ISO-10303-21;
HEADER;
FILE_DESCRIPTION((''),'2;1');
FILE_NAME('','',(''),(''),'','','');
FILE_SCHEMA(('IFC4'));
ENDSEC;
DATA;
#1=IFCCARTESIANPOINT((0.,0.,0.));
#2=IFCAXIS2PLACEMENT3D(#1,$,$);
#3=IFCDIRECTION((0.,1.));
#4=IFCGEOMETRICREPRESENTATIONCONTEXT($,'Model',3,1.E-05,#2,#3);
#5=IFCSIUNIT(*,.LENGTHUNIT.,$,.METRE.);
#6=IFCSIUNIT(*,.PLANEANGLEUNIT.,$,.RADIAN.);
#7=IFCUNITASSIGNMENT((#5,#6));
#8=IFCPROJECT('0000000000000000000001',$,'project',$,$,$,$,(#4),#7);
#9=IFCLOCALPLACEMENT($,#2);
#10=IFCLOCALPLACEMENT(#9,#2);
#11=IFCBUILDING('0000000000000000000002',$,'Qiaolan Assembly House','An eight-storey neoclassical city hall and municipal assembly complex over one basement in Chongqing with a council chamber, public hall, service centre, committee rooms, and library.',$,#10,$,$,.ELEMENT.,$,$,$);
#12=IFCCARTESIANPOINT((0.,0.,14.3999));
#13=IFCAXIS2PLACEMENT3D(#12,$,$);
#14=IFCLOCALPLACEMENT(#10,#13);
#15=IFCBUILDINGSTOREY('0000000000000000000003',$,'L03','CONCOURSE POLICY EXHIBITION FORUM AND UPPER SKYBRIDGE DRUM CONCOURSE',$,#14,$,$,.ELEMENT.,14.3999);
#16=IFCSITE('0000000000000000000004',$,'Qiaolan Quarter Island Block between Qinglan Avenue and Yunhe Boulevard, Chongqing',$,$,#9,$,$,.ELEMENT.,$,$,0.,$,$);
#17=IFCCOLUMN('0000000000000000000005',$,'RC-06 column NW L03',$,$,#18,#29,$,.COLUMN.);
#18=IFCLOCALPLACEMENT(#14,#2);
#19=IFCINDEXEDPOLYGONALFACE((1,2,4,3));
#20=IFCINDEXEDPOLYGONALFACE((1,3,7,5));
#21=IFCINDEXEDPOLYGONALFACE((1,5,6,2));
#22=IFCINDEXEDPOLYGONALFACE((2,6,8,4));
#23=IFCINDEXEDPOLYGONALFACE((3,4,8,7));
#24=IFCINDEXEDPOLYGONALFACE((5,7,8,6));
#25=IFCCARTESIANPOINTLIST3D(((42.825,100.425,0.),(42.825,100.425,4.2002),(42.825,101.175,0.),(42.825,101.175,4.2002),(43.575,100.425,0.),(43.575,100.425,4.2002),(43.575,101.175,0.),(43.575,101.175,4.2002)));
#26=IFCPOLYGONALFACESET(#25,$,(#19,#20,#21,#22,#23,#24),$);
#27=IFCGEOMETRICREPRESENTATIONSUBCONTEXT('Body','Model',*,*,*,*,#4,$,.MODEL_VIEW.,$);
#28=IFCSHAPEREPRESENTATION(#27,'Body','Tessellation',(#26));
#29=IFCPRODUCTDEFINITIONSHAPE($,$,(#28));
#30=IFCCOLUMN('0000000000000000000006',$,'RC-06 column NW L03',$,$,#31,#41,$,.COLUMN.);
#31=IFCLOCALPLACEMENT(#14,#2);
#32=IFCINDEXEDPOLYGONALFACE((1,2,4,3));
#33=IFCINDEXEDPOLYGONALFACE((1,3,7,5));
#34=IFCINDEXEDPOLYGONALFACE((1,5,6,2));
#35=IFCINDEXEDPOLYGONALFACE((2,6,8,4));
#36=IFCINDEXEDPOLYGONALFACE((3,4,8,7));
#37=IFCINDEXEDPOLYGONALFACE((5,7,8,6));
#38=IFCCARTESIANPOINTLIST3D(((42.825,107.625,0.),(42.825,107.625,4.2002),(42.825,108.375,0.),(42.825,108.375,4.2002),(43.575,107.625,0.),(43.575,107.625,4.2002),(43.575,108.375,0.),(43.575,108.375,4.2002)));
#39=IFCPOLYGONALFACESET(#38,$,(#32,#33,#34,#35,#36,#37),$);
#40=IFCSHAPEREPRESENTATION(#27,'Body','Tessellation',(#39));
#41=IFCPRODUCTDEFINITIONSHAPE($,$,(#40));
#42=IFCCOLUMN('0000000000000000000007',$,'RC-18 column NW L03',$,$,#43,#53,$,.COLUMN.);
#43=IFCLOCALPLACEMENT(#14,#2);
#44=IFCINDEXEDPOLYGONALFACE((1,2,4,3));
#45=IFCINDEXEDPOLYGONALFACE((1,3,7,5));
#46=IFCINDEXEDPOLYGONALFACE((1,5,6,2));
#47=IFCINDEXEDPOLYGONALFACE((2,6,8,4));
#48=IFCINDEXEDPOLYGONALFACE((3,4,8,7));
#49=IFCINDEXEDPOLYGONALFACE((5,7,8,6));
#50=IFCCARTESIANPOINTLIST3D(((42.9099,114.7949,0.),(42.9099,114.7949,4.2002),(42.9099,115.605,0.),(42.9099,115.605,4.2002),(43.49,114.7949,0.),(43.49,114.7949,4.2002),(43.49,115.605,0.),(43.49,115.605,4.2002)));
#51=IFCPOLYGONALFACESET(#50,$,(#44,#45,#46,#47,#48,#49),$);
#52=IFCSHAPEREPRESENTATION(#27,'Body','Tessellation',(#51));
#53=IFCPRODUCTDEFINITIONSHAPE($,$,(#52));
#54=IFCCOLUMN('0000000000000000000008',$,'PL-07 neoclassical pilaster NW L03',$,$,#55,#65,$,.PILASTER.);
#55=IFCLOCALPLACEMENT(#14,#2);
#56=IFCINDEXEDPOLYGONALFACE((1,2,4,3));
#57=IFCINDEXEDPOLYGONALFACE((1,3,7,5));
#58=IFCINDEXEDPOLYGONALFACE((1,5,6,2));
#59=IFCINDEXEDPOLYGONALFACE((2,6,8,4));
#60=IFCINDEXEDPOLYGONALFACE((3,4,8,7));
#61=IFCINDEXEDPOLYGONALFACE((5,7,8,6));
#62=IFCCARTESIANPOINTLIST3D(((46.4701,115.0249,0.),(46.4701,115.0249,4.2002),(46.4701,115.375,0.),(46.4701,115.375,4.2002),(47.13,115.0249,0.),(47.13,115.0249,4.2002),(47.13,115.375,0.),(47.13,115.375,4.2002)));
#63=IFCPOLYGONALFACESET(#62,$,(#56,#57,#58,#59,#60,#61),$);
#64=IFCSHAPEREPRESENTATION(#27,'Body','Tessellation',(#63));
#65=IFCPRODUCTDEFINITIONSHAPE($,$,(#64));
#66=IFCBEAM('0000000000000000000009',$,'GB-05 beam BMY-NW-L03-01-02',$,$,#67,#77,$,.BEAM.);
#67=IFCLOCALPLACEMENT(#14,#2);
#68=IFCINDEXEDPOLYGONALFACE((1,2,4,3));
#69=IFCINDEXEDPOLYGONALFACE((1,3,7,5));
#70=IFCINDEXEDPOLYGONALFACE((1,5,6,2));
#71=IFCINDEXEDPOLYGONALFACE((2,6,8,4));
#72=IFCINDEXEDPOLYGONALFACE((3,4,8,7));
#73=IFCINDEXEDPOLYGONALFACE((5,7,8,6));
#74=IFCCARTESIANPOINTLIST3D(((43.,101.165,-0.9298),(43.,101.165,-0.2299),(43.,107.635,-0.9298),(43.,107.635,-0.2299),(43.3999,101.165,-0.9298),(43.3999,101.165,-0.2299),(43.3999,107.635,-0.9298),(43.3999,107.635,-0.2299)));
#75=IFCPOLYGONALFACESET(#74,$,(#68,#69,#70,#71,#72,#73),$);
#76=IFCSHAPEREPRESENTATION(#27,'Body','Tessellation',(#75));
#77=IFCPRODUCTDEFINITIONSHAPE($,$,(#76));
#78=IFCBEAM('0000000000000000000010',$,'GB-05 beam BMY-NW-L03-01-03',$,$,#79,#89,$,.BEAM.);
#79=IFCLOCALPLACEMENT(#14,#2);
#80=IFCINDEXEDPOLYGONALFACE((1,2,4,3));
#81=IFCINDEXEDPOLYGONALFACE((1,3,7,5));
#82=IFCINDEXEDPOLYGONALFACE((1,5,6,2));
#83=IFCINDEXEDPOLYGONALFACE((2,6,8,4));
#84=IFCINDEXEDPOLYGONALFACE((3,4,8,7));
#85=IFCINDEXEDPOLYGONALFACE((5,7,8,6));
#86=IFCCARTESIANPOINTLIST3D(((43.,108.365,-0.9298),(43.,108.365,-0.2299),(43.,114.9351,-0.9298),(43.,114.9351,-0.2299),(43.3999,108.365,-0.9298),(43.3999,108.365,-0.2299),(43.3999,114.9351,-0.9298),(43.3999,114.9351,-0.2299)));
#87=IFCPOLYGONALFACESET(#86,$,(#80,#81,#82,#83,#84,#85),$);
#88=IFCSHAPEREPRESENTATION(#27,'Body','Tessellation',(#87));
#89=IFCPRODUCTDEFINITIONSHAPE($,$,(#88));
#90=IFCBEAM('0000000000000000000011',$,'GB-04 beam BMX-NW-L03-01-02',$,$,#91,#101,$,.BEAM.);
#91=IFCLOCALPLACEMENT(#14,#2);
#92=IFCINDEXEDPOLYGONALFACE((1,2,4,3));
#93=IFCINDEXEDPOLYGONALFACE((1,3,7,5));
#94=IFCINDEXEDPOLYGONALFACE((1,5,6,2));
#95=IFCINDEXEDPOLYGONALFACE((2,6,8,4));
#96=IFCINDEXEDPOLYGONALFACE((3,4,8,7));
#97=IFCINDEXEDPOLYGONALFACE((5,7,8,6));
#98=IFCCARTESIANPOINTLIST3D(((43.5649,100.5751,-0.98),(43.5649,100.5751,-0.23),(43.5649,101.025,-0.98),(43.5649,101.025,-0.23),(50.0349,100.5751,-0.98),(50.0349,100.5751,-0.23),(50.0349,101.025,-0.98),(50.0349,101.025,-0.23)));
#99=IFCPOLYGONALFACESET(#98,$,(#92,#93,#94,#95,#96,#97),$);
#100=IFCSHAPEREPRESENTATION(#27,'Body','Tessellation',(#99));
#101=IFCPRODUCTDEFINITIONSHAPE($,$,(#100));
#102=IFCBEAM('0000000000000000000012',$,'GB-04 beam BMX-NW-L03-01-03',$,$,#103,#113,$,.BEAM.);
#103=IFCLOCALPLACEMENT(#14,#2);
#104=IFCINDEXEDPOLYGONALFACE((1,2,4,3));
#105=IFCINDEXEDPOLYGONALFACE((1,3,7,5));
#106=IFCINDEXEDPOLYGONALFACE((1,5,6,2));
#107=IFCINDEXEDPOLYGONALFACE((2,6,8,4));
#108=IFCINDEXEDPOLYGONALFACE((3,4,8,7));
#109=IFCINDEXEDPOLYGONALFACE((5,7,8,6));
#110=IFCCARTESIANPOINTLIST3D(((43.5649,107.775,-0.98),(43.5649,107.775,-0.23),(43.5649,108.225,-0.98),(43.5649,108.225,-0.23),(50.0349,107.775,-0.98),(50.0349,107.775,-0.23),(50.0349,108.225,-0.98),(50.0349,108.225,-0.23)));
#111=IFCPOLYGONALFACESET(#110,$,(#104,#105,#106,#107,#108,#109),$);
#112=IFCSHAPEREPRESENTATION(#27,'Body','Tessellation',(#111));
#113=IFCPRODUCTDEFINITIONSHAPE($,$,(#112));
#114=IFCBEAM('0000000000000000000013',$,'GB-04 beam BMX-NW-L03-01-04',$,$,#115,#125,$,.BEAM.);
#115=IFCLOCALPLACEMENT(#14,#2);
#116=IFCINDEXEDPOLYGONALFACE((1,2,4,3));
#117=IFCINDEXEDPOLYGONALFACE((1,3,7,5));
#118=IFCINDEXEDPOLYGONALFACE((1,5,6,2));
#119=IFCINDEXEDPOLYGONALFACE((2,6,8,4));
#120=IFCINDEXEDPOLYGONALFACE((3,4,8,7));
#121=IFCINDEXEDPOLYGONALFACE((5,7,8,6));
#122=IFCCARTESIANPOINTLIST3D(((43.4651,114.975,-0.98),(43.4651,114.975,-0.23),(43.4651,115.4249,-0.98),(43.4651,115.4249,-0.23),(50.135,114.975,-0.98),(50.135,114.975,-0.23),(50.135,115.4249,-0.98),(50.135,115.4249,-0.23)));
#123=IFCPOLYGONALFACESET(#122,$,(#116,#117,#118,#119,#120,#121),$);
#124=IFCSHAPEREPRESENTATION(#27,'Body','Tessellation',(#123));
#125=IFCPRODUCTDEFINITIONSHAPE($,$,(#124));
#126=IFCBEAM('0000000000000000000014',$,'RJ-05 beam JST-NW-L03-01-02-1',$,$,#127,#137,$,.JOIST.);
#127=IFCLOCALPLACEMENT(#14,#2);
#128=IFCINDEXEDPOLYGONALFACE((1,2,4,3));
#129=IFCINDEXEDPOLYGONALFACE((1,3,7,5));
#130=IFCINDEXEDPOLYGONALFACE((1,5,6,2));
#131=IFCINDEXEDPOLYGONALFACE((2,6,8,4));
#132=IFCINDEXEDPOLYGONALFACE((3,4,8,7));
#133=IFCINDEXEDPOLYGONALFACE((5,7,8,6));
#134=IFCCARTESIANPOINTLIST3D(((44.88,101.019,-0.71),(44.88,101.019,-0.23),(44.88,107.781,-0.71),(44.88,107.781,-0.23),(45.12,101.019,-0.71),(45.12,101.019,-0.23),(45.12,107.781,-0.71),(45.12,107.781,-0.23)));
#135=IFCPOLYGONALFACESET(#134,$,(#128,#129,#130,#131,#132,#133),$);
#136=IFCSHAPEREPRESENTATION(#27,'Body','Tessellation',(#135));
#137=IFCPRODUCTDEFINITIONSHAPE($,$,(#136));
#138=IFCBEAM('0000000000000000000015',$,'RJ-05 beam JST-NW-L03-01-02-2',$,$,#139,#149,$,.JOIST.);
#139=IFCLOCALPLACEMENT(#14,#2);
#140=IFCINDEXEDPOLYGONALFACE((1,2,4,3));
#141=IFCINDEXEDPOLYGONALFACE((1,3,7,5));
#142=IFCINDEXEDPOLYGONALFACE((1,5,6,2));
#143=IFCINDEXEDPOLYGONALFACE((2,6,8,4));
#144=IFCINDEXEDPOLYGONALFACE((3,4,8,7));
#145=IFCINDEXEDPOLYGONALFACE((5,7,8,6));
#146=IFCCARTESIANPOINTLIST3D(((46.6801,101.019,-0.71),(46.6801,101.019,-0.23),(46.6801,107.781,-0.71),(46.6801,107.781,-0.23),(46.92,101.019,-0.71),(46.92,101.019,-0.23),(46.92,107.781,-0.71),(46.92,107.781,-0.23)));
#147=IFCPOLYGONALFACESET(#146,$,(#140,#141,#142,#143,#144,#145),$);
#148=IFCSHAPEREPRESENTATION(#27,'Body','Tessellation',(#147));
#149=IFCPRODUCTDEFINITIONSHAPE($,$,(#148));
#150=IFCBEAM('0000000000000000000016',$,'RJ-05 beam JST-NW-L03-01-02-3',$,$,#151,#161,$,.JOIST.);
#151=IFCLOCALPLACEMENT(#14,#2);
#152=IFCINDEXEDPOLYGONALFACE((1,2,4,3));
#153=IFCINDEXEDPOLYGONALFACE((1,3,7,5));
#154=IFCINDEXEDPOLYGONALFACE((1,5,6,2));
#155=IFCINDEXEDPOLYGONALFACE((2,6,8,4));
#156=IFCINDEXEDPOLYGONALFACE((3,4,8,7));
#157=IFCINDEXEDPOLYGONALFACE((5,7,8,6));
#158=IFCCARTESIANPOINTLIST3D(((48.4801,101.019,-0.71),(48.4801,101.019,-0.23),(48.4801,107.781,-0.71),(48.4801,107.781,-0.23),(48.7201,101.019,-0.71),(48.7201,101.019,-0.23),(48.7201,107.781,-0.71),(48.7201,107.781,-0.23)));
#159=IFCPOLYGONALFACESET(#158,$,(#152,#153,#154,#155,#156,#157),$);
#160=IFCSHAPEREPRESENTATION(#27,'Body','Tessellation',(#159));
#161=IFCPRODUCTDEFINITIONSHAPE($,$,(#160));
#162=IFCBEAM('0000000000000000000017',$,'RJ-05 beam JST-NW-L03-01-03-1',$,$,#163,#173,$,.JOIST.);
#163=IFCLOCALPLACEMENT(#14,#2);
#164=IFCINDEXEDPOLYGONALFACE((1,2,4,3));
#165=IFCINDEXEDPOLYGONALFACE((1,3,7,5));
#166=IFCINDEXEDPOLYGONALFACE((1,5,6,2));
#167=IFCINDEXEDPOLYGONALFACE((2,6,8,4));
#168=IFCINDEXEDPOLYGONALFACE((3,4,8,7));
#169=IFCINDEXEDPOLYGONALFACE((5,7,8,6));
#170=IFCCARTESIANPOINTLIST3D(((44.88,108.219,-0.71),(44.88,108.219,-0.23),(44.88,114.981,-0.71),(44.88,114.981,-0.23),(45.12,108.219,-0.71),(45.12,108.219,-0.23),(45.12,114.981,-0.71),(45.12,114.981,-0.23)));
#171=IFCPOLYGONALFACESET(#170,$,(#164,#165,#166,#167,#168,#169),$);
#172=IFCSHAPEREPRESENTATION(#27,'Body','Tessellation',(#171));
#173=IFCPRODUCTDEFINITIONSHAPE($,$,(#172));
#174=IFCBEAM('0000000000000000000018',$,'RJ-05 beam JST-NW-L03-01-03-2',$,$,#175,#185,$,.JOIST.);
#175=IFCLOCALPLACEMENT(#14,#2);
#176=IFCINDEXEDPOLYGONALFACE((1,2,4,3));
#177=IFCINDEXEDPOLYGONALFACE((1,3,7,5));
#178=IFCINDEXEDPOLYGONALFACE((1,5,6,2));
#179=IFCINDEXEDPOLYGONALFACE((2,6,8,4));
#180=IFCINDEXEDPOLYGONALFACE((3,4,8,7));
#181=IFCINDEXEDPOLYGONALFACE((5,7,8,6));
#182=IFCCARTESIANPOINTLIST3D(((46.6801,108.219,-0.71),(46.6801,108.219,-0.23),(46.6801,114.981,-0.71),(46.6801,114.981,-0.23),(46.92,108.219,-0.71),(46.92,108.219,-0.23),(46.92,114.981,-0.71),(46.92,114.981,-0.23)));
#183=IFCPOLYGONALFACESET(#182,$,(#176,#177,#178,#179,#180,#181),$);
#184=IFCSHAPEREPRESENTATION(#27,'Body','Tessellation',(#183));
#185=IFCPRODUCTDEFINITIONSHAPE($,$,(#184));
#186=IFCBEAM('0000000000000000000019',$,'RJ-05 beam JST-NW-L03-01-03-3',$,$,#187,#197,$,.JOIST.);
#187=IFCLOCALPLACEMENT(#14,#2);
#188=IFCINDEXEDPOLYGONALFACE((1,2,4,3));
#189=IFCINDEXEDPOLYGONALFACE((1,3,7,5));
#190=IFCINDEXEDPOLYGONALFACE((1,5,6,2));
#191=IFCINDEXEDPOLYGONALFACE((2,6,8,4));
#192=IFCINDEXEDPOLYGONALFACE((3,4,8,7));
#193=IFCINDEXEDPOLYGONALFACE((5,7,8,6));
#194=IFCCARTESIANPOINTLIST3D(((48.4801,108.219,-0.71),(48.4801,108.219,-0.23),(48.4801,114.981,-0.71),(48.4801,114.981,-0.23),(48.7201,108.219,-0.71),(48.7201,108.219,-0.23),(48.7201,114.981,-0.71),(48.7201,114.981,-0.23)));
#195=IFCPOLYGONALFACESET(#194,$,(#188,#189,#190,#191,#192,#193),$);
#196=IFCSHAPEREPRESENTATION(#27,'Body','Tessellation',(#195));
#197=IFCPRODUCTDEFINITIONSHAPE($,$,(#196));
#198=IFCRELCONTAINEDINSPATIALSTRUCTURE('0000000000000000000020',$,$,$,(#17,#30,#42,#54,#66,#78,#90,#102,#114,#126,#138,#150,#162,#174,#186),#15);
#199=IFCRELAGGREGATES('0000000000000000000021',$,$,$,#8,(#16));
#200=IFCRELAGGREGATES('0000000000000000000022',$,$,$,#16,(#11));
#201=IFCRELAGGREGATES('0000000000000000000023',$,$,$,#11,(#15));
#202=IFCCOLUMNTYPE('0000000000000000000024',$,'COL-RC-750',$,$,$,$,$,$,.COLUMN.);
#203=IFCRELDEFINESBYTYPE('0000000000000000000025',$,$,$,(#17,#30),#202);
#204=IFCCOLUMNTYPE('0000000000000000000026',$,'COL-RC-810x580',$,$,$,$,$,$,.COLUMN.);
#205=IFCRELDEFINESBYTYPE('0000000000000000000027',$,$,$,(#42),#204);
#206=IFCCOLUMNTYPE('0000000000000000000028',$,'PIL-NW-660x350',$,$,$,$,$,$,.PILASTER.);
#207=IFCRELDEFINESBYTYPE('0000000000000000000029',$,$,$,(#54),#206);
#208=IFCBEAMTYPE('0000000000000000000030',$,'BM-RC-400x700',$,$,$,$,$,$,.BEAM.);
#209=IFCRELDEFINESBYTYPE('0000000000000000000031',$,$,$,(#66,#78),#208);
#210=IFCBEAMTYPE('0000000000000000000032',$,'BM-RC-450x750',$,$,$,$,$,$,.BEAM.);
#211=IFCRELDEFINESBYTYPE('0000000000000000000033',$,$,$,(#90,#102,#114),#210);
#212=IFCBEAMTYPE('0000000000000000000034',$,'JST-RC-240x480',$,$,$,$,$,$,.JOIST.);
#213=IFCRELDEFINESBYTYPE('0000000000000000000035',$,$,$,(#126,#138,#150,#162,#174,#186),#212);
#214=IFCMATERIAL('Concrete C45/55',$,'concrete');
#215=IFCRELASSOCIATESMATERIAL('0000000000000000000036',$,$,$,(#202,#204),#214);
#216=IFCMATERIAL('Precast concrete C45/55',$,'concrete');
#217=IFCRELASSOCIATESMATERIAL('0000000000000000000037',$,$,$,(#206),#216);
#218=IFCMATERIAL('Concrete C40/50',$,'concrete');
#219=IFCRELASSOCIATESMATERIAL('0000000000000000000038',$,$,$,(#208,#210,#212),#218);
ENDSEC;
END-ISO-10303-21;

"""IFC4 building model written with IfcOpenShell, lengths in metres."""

from ifc_helpers import new_model, si_unit, direction, frame, origin, origin_2d, place, context, subcontext, project, spatial, rectangle, extrude, material, material_profile, profile_set, type_object, element, save


model = new_model("IFC4")

# Units and contexts
model_context = context("Model", 3, precision=1e-05, world=origin(), true_north=direction((0.0, 1.0)))
body_context = subcontext(model_context, "Body", "Model", "MODEL_VIEW")
ifc_project = project(units=[si_unit("LENGTHUNIT", "METRE"), si_unit("PLANEANGLEUNIT", "RADIAN")], contexts=[model_context])

# Site, building, storey
site_placement = place(None, origin())
site = spatial("IfcSite", under=ifc_project, at=site_placement, Name="Qiaolan Quarter Island Block between Qinglan Avenue and Yunhe Boulevard, Chongqing", CompositionType="ELEMENT", RefElevation=0.0)
building_placement = place(site_placement, origin())
building = spatial("IfcBuilding", under=site, at=building_placement, Name="Qiaolan Assembly House", Description="An eight-storey neoclassical city hall and municipal assembly complex over one basement in Chongqing with a council chamber, public hall, service centre, committee rooms, and library.", CompositionType="ELEMENT")
storey_placement = place(building_placement, frame((0.0, 0.0, 14.3999)))
storey = spatial("IfcBuildingStorey", under=building, at=storey_placement, Name="L03", Description="CONCOURSE POLICY EXHIBITION FORUM AND UPPER SKYBRIDGE DRUM CONCOURSE", CompositionType="ELEMENT", Elevation=14.3999)

# Columns
ifc_material_1 = material(Name="Concrete C45/55", Category="concrete")
ifc_material_profile_1 = material_profile(ifc_material_1, rectangle(XDim=0.75, YDim=0.75, at=origin_2d()), Name="RC 750x750")
ifc_profile_set_1 = profile_set([ifc_material_profile_1], Name="Concrete C45/55")
column_type_1 = type_object("IfcColumnType", Name="COL-RC-750", PredefinedType="COLUMN", material=ifc_profile_set_1)
for number, where, z_axis, x_axis, name in (
    (1, (43.2, 100.8, 0.0), (0.0, 0.0, 1.0), (1.0, 0.0, 0.0), "RC-06 column NW L03"),
    (2, (43.2, 108.0, 0.0), (0.0, 0.0, 1.0), (1.0, 0.0, 0.0), "RC-06 column NW L03"),
):
    element("IfcColumn", number, at=place(storey_placement, frame(where, z_axis=z_axis, x_axis=x_axis)), inside=storey, type_object=column_type_1, Name=name, PredefinedType="COLUMN", context=body_context, shape_type="SweptSolid", body=[
        extrude(rectangle(XDim=0.75, YDim=0.75, at=origin_2d()), origin(), (0.0, 0.0, 1.0), 4.2002),
    ])
ifc_material_profile_2 = material_profile(ifc_material_1, rectangle(XDim=0.5801, YDim=0.8101, at=origin_2d()), Name="RC 810x580")
ifc_profile_set_2 = profile_set([ifc_material_profile_2], Name="Concrete C45/55")
column_type_2 = type_object("IfcColumnType", Name="COL-RC-810x580", PredefinedType="COLUMN", material=ifc_profile_set_2)
column_1_placement = place(storey_placement, frame((43.2, 115.2, 0.0), z_axis=(0.0, 0.0, 1.0), x_axis=(1.0, 0.0, 0.0)))
element("IfcColumn", 3, at=column_1_placement, inside=storey, type_object=column_type_2, Name="RC-18 column NW L03", PredefinedType="COLUMN", context=body_context, shape_type="SweptSolid", body=[
    extrude(rectangle(XDim=0.5801, YDim=0.8101, at=origin_2d()), origin(), (0.0, 0.0, 1.0), 4.2002),
])
ifc_material_2 = material(Name="Precast concrete C45/55", Category="concrete")
ifc_material_profile_3 = material_profile(ifc_material_2, rectangle(XDim=0.6599, YDim=0.3501, at=origin_2d()), Name="PIL 660x350")
ifc_profile_set_3 = profile_set([ifc_material_profile_3], Name="Precast concrete C45/55")
column_type_3 = type_object("IfcColumnType", Name="PIL-NW-660x350", PredefinedType="PILASTER", material=ifc_profile_set_3)
column_2_placement = place(storey_placement, frame((46.8, 115.2, 0.0), z_axis=(0.0, 0.0, 1.0), x_axis=(1.0, 0.0, 0.0)))
element("IfcColumn", 4, at=column_2_placement, inside=storey, type_object=column_type_3, Name="PL-07 neoclassical pilaster NW L03", PredefinedType="PILASTER", context=body_context, shape_type="SweptSolid", body=[
    extrude(rectangle(XDim=0.6599, YDim=0.3501, at=origin_2d()), origin(), (0.0, 0.0, 1.0), 4.2002),
])

# Beams
ifc_material_3 = material(Name="Concrete C40/50", Category="concrete")
ifc_material_profile_4 = material_profile(ifc_material_3, rectangle(XDim=0.3999, YDim=0.7, at=origin_2d()), Name="RCB 400x700")
ifc_profile_set_4 = profile_set([ifc_material_profile_4], Name="Concrete C40/50")
beam_type_1 = type_object("IfcBeamType", Name="BM-RC-400x700", PredefinedType="BEAM", material=ifc_profile_set_4)
beam_1_placement = place(storey_placement, frame((43.2, 101.165, -0.5798), z_axis=(0.0, 1.0, 0.0), x_axis=(-1.0, 0.0, 0.0)))
element("IfcBeam", 5, at=beam_1_placement, inside=storey, type_object=beam_type_1, Name="GB-05 beam BMY-NW-L03-01-02", PredefinedType="BEAM", context=body_context, shape_type="SweptSolid", body=[
    extrude(rectangle(XDim=0.3999, YDim=0.7, at=origin_2d()), origin(), (0.0, 0.0, 1.0), 6.47),
])
beam_2_placement = place(storey_placement, frame((43.2, 108.365, -0.5798), z_axis=(0.0, 1.0, 0.0), x_axis=(-1.0, 0.0, 0.0)))
element("IfcBeam", 6, at=beam_2_placement, inside=storey, type_object=beam_type_1, Name="GB-05 beam BMY-NW-L03-01-03", PredefinedType="BEAM", context=body_context, shape_type="SweptSolid", body=[
    extrude(rectangle(XDim=0.3999, YDim=0.7, at=origin_2d()), origin(), (0.0, 0.0, 1.0), 6.5701),
])
ifc_material_profile_5 = material_profile(ifc_material_3, rectangle(XDim=0.45, YDim=0.75, at=origin_2d()), Name="RCB 450x750")
ifc_profile_set_5 = profile_set([ifc_material_profile_5], Name="Concrete C40/50")
beam_type_2 = type_object("IfcBeamType", Name="BM-RC-450x750", PredefinedType="BEAM", material=ifc_profile_set_5)
for number, where, z_axis, x_axis, name in (
    (7, (43.5649, 100.8, -0.605), (1.0, 0.0, 0.0), (0.0, 1.0, 0.0), "GB-04 beam BMX-NW-L03-01-02"),
    (8, (43.5649, 108.0, -0.605), (1.0, 0.0, 0.0), (0.0, 1.0, 0.0), "GB-04 beam BMX-NW-L03-01-03"),
):
    element("IfcBeam", number, at=place(storey_placement, frame(where, z_axis=z_axis, x_axis=x_axis)), inside=storey, type_object=beam_type_2, Name=name, PredefinedType="BEAM", context=body_context, shape_type="SweptSolid", body=[
        extrude(rectangle(XDim=0.45, YDim=0.75, at=origin_2d()), origin(), (0.0, 0.0, 1.0), 6.47),
    ])
beam_3_placement = place(storey_placement, frame((43.4651, 115.2, -0.605), z_axis=(1.0, 0.0, 0.0), x_axis=(0.0, 1.0, 0.0)))
element("IfcBeam", 9, at=beam_3_placement, inside=storey, type_object=beam_type_2, Name="GB-04 beam BMX-NW-L03-01-04", PredefinedType="BEAM", context=body_context, shape_type="SweptSolid", body=[
    extrude(rectangle(XDim=0.45, YDim=0.75, at=origin_2d()), origin(), (0.0, 0.0, 1.0), 6.6699),
])
ifc_material_profile_6 = material_profile(ifc_material_3, rectangle(XDim=0.24, YDim=0.48, at=origin_2d()), Name="RCB 240x480")
ifc_profile_set_6 = profile_set([ifc_material_profile_6], Name="Concrete C40/50")
beam_type_3 = type_object("IfcBeamType", Name="JST-RC-240x480", PredefinedType="JOIST", material=ifc_profile_set_6)
for number, where, z_axis, x_axis, name in (
    (10, (45.0, 101.019, -0.47), (0.0, 1.0, 0.0), (-1.0, 0.0, 0.0), "RJ-05 beam JST-NW-L03-01-02-1"),
    (11, (46.8, 101.019, -0.47), (0.0, 1.0, 0.0), (-1.0, 0.0, 0.0), "RJ-05 beam JST-NW-L03-01-02-2"),
    (12, (48.6001, 101.019, -0.47), (0.0, 1.0, 0.0), (-1.0, 0.0, 0.0), "RJ-05 beam JST-NW-L03-01-02-3"),
    (13, (45.0, 108.219, -0.47), (0.0, 1.0, 0.0), (-1.0, 0.0, 0.0), "RJ-05 beam JST-NW-L03-01-03-1"),
    (14, (46.8, 108.219, -0.47), (0.0, 1.0, 0.0), (-1.0, 0.0, 0.0), "RJ-05 beam JST-NW-L03-01-03-2"),
    (15, (48.6001, 108.219, -0.47), (0.0, 1.0, 0.0), (-1.0, 0.0, 0.0), "RJ-05 beam JST-NW-L03-01-03-3"),
):
    element("IfcBeam", number, at=place(storey_placement, frame(where, z_axis=z_axis, x_axis=x_axis)), inside=storey, type_object=beam_type_3, Name=name, PredefinedType="JOIST", context=body_context, shape_type="SweptSolid", body=[
        extrude(rectangle(XDim=0.24, YDim=0.48, at=origin_2d()), origin(), (0.0, 0.0, 1.0), 6.762),
    ])

save(model, "model.ifc")
